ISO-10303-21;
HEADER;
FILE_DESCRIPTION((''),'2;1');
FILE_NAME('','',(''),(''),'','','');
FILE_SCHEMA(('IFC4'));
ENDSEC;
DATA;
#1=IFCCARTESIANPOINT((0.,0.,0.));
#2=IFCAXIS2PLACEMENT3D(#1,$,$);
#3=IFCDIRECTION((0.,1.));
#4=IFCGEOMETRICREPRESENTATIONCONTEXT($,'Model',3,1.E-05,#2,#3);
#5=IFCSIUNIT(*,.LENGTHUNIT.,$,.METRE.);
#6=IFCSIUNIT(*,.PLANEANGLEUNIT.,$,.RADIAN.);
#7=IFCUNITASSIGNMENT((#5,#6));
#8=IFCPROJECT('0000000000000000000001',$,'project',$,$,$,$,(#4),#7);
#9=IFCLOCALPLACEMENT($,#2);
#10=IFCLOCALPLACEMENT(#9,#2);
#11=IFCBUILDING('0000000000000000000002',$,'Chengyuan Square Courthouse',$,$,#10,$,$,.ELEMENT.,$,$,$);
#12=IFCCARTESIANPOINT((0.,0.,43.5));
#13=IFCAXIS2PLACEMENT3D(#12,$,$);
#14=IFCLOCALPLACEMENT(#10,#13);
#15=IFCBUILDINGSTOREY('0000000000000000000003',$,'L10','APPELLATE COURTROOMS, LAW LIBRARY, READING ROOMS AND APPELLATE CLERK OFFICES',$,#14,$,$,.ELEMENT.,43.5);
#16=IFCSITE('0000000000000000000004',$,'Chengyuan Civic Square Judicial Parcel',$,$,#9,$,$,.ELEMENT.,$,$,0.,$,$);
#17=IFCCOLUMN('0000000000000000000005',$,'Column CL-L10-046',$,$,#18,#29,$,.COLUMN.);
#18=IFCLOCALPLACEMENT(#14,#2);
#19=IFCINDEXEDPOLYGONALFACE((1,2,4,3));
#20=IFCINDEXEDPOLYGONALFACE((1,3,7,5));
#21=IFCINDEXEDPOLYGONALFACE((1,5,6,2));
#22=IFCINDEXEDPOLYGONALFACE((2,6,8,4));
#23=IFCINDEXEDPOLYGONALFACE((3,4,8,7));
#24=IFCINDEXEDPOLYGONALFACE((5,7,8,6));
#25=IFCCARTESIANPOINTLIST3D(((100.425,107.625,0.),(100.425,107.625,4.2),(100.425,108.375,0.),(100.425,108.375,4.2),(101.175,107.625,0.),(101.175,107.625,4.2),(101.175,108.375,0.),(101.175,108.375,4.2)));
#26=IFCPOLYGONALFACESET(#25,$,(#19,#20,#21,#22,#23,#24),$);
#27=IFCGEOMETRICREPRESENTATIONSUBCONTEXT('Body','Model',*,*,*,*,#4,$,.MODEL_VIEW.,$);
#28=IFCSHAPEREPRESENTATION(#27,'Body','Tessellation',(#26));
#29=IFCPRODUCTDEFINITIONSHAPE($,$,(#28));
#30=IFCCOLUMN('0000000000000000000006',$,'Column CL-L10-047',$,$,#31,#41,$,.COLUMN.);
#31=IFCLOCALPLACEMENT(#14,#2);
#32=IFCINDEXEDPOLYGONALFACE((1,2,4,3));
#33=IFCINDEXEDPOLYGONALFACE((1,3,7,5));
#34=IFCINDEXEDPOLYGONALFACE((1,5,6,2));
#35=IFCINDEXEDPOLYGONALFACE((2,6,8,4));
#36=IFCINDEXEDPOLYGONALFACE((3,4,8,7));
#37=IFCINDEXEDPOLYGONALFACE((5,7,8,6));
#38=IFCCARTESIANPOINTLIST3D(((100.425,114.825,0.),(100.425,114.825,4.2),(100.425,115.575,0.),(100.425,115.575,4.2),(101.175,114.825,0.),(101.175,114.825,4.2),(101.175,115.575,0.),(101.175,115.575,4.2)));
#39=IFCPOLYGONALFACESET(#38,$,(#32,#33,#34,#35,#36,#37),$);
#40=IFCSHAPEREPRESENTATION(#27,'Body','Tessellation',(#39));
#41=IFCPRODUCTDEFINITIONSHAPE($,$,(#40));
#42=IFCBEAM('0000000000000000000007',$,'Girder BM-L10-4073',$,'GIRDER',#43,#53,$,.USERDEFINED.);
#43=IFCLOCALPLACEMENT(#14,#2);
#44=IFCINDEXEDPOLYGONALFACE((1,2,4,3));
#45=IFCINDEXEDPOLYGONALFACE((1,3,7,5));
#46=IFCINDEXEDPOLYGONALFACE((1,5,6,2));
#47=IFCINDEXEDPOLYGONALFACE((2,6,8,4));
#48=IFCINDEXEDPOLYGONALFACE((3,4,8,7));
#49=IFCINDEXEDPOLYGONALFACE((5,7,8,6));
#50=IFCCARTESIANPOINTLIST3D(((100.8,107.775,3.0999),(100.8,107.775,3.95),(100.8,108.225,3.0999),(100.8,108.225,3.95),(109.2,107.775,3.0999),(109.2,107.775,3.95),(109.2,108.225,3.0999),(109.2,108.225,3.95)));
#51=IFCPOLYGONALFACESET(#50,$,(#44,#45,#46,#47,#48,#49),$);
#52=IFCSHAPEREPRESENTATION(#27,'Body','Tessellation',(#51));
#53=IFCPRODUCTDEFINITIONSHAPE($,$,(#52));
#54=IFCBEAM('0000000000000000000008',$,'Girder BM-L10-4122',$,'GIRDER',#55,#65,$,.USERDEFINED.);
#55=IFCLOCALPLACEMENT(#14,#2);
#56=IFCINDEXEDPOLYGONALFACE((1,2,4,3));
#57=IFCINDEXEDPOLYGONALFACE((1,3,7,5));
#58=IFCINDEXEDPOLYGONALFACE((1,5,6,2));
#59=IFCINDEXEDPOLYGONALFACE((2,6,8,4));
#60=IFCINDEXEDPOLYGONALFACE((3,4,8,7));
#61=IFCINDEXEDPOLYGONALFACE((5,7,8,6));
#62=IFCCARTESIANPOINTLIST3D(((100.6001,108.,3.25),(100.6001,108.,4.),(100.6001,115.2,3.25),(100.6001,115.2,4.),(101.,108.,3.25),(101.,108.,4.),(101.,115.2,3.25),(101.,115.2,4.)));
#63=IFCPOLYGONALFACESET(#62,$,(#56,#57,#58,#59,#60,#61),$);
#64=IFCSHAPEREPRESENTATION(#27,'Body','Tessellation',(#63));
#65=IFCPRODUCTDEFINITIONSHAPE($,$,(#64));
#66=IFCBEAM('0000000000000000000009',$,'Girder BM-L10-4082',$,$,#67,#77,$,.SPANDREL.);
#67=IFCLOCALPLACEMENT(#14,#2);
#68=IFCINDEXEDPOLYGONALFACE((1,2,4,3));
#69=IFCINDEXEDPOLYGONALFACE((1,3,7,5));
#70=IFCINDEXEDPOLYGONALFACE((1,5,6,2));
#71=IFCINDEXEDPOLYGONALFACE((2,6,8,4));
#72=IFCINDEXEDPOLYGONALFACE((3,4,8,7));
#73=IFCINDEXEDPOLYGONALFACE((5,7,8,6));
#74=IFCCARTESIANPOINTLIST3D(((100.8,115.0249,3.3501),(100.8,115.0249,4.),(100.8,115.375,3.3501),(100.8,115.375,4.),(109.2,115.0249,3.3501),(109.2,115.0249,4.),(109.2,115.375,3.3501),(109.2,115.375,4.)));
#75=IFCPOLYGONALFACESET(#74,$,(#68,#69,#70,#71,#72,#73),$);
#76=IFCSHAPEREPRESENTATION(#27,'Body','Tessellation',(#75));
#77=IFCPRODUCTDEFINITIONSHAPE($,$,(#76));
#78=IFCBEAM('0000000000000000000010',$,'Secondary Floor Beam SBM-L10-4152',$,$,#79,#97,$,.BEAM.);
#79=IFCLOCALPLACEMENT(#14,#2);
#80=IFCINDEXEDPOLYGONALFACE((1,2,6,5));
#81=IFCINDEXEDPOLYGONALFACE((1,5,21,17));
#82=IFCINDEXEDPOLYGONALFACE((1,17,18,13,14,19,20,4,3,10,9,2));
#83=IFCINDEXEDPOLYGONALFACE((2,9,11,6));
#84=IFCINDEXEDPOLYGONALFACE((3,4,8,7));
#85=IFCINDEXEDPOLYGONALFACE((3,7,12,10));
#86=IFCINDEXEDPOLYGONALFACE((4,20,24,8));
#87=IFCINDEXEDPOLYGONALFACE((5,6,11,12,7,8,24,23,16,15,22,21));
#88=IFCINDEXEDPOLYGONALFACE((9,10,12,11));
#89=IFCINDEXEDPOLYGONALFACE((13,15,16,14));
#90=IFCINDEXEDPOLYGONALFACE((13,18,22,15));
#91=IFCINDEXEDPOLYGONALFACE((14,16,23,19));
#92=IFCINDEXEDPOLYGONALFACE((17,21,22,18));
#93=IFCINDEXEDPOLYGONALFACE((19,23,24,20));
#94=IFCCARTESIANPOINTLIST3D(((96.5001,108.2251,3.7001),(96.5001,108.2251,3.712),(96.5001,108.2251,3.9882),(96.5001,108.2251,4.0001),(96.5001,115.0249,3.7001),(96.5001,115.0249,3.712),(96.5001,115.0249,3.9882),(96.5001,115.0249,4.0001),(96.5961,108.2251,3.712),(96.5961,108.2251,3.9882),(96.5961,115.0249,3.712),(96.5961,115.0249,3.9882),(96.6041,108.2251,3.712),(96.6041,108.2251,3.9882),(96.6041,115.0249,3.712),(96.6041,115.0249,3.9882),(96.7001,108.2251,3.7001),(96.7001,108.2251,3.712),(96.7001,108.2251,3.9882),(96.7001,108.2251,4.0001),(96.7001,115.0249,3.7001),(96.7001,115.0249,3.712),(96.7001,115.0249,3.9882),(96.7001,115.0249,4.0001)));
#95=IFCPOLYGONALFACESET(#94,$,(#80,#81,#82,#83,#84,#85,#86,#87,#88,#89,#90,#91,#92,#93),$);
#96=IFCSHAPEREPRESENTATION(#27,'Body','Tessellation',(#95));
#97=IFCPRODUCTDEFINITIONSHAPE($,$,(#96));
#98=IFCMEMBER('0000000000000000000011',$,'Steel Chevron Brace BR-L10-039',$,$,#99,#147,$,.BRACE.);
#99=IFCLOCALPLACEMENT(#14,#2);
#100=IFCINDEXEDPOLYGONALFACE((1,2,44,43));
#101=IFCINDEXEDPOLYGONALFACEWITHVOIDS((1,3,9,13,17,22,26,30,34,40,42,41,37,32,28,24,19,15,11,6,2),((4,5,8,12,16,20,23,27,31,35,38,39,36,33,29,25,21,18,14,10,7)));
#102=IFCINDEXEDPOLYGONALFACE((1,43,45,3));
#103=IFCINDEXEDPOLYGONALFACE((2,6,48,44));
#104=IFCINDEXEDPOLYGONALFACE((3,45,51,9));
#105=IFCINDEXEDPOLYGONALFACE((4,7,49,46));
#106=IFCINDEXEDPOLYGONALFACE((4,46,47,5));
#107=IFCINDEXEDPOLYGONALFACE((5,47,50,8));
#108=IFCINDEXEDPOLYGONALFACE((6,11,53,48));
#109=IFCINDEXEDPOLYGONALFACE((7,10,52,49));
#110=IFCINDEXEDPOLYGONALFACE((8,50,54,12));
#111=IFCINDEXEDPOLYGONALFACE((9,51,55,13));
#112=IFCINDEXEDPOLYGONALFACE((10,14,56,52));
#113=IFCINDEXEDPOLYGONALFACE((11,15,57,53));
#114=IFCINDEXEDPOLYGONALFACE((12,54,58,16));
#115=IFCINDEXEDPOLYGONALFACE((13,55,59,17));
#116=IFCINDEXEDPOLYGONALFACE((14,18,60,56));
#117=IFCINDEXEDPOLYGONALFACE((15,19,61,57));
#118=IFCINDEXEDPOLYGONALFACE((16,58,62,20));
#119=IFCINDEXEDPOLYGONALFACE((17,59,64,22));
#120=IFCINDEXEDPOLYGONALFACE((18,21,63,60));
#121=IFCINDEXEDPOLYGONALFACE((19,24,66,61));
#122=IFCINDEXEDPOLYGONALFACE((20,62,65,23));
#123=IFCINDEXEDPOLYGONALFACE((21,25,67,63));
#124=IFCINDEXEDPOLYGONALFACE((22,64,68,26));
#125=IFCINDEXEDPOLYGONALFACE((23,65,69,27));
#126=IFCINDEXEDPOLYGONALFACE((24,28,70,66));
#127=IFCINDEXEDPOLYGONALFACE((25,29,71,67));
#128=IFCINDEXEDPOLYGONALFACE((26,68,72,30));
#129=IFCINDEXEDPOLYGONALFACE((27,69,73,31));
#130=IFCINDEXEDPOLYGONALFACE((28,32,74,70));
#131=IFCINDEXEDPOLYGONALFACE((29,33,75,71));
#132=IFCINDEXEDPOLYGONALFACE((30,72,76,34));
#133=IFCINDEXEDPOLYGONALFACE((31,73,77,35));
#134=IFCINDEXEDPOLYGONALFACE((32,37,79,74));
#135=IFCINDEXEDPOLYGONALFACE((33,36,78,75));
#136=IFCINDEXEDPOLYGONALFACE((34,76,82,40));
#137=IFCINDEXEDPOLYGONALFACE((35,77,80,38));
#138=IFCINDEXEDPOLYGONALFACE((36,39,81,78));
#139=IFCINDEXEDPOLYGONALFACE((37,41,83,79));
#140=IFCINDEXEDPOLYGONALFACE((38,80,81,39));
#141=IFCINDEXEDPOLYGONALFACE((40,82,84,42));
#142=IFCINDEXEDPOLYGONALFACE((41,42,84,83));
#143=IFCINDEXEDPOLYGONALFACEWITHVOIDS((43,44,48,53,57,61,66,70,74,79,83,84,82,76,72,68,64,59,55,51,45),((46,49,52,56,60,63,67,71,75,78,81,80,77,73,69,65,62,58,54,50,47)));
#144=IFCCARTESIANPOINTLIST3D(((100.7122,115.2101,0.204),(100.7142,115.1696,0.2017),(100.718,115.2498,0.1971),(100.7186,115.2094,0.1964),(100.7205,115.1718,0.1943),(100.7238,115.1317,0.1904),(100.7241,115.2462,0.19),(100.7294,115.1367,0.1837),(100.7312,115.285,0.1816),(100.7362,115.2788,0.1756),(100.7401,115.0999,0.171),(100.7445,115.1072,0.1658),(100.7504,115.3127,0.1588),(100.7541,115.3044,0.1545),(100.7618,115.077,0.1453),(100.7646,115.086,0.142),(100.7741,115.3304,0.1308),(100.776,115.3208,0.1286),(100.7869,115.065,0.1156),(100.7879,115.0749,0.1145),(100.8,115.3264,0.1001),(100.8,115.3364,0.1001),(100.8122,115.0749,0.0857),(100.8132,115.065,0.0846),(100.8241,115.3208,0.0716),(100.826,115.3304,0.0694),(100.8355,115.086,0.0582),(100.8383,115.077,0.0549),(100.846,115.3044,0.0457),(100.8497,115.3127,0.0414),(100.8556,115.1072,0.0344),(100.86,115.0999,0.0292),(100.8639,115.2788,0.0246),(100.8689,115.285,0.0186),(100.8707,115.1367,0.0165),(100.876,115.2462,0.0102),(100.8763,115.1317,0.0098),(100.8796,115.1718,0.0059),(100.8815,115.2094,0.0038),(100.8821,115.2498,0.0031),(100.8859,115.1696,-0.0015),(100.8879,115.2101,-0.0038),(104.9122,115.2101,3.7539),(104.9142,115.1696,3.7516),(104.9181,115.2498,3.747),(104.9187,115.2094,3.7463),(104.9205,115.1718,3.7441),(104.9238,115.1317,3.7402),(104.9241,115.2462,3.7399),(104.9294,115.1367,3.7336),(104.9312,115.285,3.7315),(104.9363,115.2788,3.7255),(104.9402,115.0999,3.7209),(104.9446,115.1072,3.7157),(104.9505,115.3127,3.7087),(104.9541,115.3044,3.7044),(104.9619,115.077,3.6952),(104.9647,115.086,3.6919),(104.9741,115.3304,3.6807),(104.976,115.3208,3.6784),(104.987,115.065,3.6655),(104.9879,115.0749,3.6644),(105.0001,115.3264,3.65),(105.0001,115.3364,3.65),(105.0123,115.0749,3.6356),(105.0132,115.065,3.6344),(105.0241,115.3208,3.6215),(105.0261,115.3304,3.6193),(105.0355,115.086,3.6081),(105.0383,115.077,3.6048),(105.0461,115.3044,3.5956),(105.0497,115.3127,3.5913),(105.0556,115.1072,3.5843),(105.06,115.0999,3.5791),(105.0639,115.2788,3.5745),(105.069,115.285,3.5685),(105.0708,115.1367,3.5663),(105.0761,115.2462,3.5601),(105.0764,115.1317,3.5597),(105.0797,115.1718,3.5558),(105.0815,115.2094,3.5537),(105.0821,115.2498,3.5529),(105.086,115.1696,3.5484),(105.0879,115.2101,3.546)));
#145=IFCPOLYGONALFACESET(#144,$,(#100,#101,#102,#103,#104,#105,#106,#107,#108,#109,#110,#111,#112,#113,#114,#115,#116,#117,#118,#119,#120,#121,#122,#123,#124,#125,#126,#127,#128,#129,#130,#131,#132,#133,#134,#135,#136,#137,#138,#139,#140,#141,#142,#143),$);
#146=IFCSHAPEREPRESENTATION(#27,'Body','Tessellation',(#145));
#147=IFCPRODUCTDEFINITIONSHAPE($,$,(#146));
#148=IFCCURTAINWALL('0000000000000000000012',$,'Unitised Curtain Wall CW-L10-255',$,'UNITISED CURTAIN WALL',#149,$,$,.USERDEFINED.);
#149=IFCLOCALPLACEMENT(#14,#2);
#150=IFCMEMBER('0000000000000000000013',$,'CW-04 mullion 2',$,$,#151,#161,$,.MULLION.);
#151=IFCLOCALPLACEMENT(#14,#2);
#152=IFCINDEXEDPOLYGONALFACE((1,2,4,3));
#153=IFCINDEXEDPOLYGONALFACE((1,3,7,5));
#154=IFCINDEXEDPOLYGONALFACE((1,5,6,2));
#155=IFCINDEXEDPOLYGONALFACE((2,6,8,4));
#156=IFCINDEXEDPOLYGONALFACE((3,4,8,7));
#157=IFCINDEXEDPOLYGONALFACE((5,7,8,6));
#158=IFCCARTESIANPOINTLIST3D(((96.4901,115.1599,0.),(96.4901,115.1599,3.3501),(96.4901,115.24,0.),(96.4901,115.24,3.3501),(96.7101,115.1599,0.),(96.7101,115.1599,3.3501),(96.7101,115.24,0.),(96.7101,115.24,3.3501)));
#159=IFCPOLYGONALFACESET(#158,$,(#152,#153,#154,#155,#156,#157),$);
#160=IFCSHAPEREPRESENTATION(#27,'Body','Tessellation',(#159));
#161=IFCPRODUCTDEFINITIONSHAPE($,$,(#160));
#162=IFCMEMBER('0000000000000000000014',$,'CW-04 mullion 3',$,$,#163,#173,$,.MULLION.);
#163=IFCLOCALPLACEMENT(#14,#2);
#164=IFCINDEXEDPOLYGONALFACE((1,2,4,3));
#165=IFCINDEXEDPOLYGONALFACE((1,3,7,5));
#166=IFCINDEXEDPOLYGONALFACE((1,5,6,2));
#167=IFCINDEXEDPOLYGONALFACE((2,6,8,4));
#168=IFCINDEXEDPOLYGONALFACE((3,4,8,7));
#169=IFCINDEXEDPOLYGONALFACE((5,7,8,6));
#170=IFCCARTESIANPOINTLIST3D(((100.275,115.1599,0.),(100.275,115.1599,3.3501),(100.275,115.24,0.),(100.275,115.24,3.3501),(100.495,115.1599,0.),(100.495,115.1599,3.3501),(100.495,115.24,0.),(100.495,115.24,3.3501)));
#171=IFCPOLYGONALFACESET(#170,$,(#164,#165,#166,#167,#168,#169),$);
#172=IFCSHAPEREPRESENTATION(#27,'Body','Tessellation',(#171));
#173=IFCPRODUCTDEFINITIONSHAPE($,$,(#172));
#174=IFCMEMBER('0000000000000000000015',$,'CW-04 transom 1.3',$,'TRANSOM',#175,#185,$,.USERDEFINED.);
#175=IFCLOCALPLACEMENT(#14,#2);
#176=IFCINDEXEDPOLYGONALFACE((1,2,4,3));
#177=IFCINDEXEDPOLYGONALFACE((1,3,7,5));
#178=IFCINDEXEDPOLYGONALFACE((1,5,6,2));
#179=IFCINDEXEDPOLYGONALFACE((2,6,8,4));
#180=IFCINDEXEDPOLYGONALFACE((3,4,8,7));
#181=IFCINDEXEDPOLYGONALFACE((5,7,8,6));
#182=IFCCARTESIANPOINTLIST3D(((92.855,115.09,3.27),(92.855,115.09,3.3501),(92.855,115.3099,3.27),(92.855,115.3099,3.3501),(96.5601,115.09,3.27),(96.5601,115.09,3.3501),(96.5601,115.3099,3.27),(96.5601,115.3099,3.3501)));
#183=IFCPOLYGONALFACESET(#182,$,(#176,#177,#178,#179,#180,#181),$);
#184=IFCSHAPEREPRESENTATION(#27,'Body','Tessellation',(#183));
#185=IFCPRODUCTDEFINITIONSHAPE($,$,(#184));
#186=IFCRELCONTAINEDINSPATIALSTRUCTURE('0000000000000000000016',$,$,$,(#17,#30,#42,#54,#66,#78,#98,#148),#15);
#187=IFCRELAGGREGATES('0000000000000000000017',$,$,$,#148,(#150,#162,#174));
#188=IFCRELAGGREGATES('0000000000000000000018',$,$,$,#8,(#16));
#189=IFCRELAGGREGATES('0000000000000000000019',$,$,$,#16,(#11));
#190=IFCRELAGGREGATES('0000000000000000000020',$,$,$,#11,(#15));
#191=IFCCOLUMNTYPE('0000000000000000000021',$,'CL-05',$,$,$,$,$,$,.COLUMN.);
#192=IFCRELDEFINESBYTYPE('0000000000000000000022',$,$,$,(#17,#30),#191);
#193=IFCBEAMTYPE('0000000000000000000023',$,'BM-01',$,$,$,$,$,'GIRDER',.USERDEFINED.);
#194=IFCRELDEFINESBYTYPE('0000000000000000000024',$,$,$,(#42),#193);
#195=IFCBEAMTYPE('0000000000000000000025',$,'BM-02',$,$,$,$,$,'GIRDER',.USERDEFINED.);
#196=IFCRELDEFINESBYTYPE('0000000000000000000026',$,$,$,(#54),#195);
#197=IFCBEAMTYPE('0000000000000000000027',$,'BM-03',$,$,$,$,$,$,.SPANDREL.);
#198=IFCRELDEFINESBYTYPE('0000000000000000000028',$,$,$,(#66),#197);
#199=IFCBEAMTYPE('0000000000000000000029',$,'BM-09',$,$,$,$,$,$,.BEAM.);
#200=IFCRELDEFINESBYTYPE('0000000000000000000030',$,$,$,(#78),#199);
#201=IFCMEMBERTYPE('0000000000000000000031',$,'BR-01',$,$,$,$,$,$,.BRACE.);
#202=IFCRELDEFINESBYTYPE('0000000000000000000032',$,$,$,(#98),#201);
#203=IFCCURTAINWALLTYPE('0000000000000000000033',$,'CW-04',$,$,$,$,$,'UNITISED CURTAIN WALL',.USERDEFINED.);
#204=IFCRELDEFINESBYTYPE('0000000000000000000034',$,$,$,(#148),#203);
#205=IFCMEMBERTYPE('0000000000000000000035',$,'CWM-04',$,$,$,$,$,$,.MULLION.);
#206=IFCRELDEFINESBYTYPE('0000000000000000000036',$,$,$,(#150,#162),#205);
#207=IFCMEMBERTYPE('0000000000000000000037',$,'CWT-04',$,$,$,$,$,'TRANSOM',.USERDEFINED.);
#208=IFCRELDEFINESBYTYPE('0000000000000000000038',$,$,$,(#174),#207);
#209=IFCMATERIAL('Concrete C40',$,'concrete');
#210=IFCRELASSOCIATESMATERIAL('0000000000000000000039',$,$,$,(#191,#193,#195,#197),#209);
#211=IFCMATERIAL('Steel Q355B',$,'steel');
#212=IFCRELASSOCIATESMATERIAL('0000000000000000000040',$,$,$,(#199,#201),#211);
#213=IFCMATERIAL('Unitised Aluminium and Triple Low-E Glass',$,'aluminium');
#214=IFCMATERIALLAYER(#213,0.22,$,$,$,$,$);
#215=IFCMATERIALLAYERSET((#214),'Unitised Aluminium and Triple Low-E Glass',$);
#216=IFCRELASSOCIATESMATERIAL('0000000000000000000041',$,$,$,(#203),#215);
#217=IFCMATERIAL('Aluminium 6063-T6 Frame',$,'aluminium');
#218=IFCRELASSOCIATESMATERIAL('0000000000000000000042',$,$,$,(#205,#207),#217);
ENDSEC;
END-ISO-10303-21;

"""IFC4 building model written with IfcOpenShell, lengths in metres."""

from ifc_helpers import new_model, si_unit, direction, frame, origin, origin_2d, place, context, subcontext, project, spatial, rectangle, hollow_circle, i_section, extrude, material, layer, layer_set, material_profile, profile_set, type_object, element, aggregate, save


model = new_model("IFC4")

# Units and contexts
model_context = context("Model", 3, precision=1e-05, world=origin(), true_north=direction((0.0, 1.0)))
body_context = subcontext(model_context, "Body", "Model", "MODEL_VIEW")
ifc_project = project(units=[si_unit("LENGTHUNIT", "METRE"), si_unit("PLANEANGLEUNIT", "RADIAN")], contexts=[model_context])

# Site, building, storey
site_placement = place(None, origin())
site = spatial("IfcSite", under=ifc_project, at=site_placement, Name="Chengyuan Civic Square Judicial Parcel", CompositionType="ELEMENT", RefElevation=0.0)
building_placement = place(site_placement, origin())
building = spatial("IfcBuilding", under=site, at=building_placement, Name="Chengyuan Square Courthouse", CompositionType="ELEMENT")
storey_placement = place(building_placement, frame((0.0, 0.0, 43.5)))
storey = spatial("IfcBuildingStorey", under=building, at=storey_placement, Name="L10", Description="APPELLATE COURTROOMS, LAW LIBRARY, READING ROOMS AND APPELLATE CLERK OFFICES", CompositionType="ELEMENT", Elevation=43.5)

# Columns
ifc_material_1 = material(Name="Concrete C40", Category="concrete")
ifc_material_profile_1 = material_profile(ifc_material_1, rectangle(XDim=0.75, YDim=0.75, at=origin_2d()), Name="RC-COL-750x750")
ifc_profile_set_1 = profile_set([ifc_material_profile_1], Name="Concrete C40")
column_type = type_object("IfcColumnType", Name="CL-05", PredefinedType="COLUMN", material=ifc_profile_set_1)
for number, where, z_axis, x_axis, name in (
    (1, (100.8, 108.0, 0.0), (0.0, 0.0, 1.0), (1.0, 0.0, 0.0), "Column CL-L10-046"),
    (2, (100.8, 115.2, 0.0), (0.0, 0.0, 1.0), (1.0, 0.0, 0.0), "Column CL-L10-047"),
):
    element("IfcColumn", number, at=place(storey_placement, frame(where, z_axis=z_axis, x_axis=x_axis)), inside=storey, type_object=column_type, Name=name, PredefinedType="COLUMN", context=body_context, shape_type="SweptSolid", body=[
        extrude(rectangle(XDim=0.75, YDim=0.75, at=origin_2d()), origin(), (0.0, 0.0, 1.0), 4.2),
    ])

# Beams
ifc_material_profile_2 = material_profile(ifc_material_1, rectangle(XDim=0.45, YDim=0.8501, at=origin_2d()), Name="RC-BM-450x850")
ifc_profile_set_2 = profile_set([ifc_material_profile_2], Name="Concrete C40")
beam_type_1 = type_object("IfcBeamType", Name="BM-01", ElementType="GIRDER", PredefinedType="USERDEFINED", material=ifc_profile_set_2)
beam_1_placement = place(storey_placement, frame((100.8, 108.0, 3.5249), z_axis=(1.0, 0.0, 0.0), x_axis=(0.0, 1.0, 0.0)))
element("IfcBeam", 3, at=beam_1_placement, inside=storey, type_object=beam_type_1, Name="Girder BM-L10-4073", ObjectType="GIRDER", PredefinedType="USERDEFINED", context=body_context, shape_type="SweptSolid", body=[
    extrude(rectangle(XDim=0.45, YDim=0.8501, at=origin_2d()), origin(), (0.0, 0.0, 1.0), 8.3999),
])
ifc_material_profile_3 = material_profile(ifc_material_1, rectangle(XDim=0.3999, YDim=0.75, at=origin_2d()), Name="RC-BM-400x750")
ifc_profile_set_3 = profile_set([ifc_material_profile_3], Name="Concrete C40")
beam_type_2 = type_object("IfcBeamType", Name="BM-02", ElementType="GIRDER", PredefinedType="USERDEFINED", material=ifc_profile_set_3)
beam_2_placement = place(storey_placement, frame((100.8, 108.0, 3.625), z_axis=(0.0, 1.0, 0.0), x_axis=(-1.0, 0.0, 0.0)))
element("IfcBeam", 4, at=beam_2_placement, inside=storey, type_object=beam_type_2, Name="Girder BM-L10-4122", ObjectType="GIRDER", PredefinedType="USERDEFINED", context=body_context, shape_type="SweptSolid", body=[
    extrude(rectangle(XDim=0.3999, YDim=0.75, at=origin_2d()), origin(), (0.0, 0.0, 1.0), 7.2),
])
ifc_material_profile_4 = material_profile(ifc_material_1, rectangle(XDim=0.3501, YDim=0.6499, at=origin_2d()), Name="RC-BM-350x650")
ifc_profile_set_4 = profile_set([ifc_material_profile_4], Name="Concrete C40")
beam_type_3 = type_object("IfcBeamType", Name="BM-03", PredefinedType="SPANDREL", material=ifc_profile_set_4)
beam_3_placement = place(storey_placement, frame((100.8, 115.2, 3.675), z_axis=(1.0, 0.0, 0.0), x_axis=(0.0, 1.0, 0.0)))
element("IfcBeam", 5, at=beam_3_placement, inside=storey, type_object=beam_type_3, Name="Girder BM-L10-4082", PredefinedType="SPANDREL", context=body_context, shape_type="SweptSolid", body=[
    extrude(rectangle(XDim=0.3501, YDim=0.6499, at=origin_2d()), origin(), (0.0, 0.0, 1.0), 8.3999),
])
ifc_material_2 = material(Name="Steel Q355B", Category="steel")
ifc_material_profile_5 = material_profile(ifc_material_2, i_section(OverallWidth=0.2, OverallDepth=0.3, WebThickness=0.0081, FlangeThickness=0.012, at=origin_2d()), Name="HM 300x200x8x12")
ifc_profile_set_5 = profile_set([ifc_material_profile_5], Name="Steel Q355B")
beam_type_4 = type_object("IfcBeamType", Name="BM-09", PredefinedType="BEAM", material=ifc_profile_set_5)
beam_4_placement = place(storey_placement, frame((96.6001, 108.2251, 3.8501), z_axis=(0.0, 1.0, 0.0), x_axis=(-1.0, 0.0, 0.0)))
element("IfcBeam", 6, at=beam_4_placement, inside=storey, type_object=beam_type_4, Name="Secondary Floor Beam SBM-L10-4152", PredefinedType="BEAM", context=body_context, shape_type="SweptSolid", body=[
    extrude(i_section(OverallWidth=0.2, OverallDepth=0.3, WebThickness=0.0081, FlangeThickness=0.012, at=origin_2d()), origin(), (0.0, 0.0, 1.0), 6.7998),
])

# Member
ifc_material_profile_6 = material_profile(ifc_material_2, hollow_circle(Radius=0.1365, WallThickness=0.01, at=origin_2d()), Name="CHS 273x10")
ifc_profile_set_6 = profile_set([ifc_material_profile_6], Name="Steel Q355B")
member_type_1 = type_object("IfcMemberType", Name="BR-01", PredefinedType="BRACE", material=ifc_profile_set_6)
member_1_placement = place(storey_placement, frame((100.8, 115.2, 0.1001), z_axis=(0.763745, 0.0, 0.645518), x_axis=(0.0, 1.0, 0.0)))
element("IfcMember", 7, at=member_1_placement, inside=storey, type_object=member_type_1, Name="Steel Chevron Brace BR-L10-039", PredefinedType="BRACE", context=body_context, shape_type="SweptSolid", body=[
    extrude(hollow_circle(Radius=0.1365, WallThickness=0.01, at=origin_2d()), origin(), (0.0, 0.0, 1.0), 5.4993),
])

# Curtain wall, members
ifc_material_3 = material(Name="Unitised Aluminium and Triple Low-E Glass", Category="aluminium")
ifc_layer_1 = layer(ifc_material_3, 0.22)
ifc_layer_set_1 = layer_set([ifc_layer_1], Name="Unitised Aluminium and Triple Low-E Glass")
curtain_wall_type = type_object("IfcCurtainWallType", Name="CW-04", ElementType="UNITISED CURTAIN WALL", PredefinedType="USERDEFINED", material=ifc_layer_set_1)
curtain_wall_placement = place(storey_placement, origin())
curtain_wall = element("IfcCurtainWall", 8, at=curtain_wall_placement, inside=storey, type_object=curtain_wall_type, Name="Unitised Curtain Wall CW-L10-255", ObjectType="UNITISED CURTAIN WALL", PredefinedType="USERDEFINED")
ifc_material_4 = material(Name="Aluminium 6063-T6 Frame", Category="aluminium")
ifc_material_profile_7 = material_profile(ifc_material_4, rectangle(XDim=0.0801, YDim=0.22, at=origin_2d()), Name="CW-MUL-80x220")
ifc_profile_set_7 = profile_set([ifc_material_profile_7], Name="Aluminium 6063-T6 Frame")
member_type_2 = type_object("IfcMemberType", Name="CWM-04", PredefinedType="MULLION", material=ifc_profile_set_7)
member_2_placement = place(storey_placement, frame((96.6001, 115.2, 0.0), z_axis=(0.0, 0.0, 1.0), x_axis=(0.0, 1.0, 0.0)))
member_2 = element("IfcMember", 9, at=member_2_placement, type_object=member_type_2, Name="CW-04 mullion 2", PredefinedType="MULLION", context=body_context, shape_type="SweptSolid", body=[
    extrude(rectangle(XDim=0.0801, YDim=0.22, at=origin_2d()), origin(), (0.0, 0.0, 1.0), 3.3501),
])
member_3_placement = place(storey_placement, frame((100.385, 115.2, 0.0), z_axis=(0.0, 0.0, 1.0), x_axis=(0.0, 1.0, 0.0)))
member_3 = element("IfcMember", 10, at=member_3_placement, type_object=member_type_2, Name="CW-04 mullion 3", PredefinedType="MULLION", context=body_context, shape_type="SweptSolid", body=[
    extrude(rectangle(XDim=0.0801, YDim=0.22, at=origin_2d()), origin(), (0.0, 0.0, 1.0), 3.3501),
])
ifc_material_profile_8 = material_profile(ifc_material_4, rectangle(XDim=0.22, YDim=0.0801, at=origin_2d()), Name="CW-TRN-80x180")
ifc_profile_set_8 = profile_set([ifc_material_profile_8], Name="Aluminium 6063-T6 Frame")
member_type_3 = type_object("IfcMemberType", Name="CWT-04", ElementType="TRANSOM", PredefinedType="USERDEFINED", material=ifc_profile_set_8)
member_4_placement = place(storey_placement, frame((92.855, 115.2, 3.3101), z_axis=(1.0, 0.0, 0.0), x_axis=(0.0, 1.0, 0.0)))
member_4 = element("IfcMember", 11, at=member_4_placement, type_object=member_type_3, Name="CW-04 transom 1.3", ObjectType="TRANSOM", PredefinedType="USERDEFINED", context=body_context, shape_type="SweptSolid", body=[
    extrude(rectangle(XDim=0.22, YDim=0.0801, at=origin_2d()), origin(), (0.0, 0.0, 1.0), 3.7051),
])
aggregate(curtain_wall, [member_2, member_3, member_4])

save(model, "model.ifc")
